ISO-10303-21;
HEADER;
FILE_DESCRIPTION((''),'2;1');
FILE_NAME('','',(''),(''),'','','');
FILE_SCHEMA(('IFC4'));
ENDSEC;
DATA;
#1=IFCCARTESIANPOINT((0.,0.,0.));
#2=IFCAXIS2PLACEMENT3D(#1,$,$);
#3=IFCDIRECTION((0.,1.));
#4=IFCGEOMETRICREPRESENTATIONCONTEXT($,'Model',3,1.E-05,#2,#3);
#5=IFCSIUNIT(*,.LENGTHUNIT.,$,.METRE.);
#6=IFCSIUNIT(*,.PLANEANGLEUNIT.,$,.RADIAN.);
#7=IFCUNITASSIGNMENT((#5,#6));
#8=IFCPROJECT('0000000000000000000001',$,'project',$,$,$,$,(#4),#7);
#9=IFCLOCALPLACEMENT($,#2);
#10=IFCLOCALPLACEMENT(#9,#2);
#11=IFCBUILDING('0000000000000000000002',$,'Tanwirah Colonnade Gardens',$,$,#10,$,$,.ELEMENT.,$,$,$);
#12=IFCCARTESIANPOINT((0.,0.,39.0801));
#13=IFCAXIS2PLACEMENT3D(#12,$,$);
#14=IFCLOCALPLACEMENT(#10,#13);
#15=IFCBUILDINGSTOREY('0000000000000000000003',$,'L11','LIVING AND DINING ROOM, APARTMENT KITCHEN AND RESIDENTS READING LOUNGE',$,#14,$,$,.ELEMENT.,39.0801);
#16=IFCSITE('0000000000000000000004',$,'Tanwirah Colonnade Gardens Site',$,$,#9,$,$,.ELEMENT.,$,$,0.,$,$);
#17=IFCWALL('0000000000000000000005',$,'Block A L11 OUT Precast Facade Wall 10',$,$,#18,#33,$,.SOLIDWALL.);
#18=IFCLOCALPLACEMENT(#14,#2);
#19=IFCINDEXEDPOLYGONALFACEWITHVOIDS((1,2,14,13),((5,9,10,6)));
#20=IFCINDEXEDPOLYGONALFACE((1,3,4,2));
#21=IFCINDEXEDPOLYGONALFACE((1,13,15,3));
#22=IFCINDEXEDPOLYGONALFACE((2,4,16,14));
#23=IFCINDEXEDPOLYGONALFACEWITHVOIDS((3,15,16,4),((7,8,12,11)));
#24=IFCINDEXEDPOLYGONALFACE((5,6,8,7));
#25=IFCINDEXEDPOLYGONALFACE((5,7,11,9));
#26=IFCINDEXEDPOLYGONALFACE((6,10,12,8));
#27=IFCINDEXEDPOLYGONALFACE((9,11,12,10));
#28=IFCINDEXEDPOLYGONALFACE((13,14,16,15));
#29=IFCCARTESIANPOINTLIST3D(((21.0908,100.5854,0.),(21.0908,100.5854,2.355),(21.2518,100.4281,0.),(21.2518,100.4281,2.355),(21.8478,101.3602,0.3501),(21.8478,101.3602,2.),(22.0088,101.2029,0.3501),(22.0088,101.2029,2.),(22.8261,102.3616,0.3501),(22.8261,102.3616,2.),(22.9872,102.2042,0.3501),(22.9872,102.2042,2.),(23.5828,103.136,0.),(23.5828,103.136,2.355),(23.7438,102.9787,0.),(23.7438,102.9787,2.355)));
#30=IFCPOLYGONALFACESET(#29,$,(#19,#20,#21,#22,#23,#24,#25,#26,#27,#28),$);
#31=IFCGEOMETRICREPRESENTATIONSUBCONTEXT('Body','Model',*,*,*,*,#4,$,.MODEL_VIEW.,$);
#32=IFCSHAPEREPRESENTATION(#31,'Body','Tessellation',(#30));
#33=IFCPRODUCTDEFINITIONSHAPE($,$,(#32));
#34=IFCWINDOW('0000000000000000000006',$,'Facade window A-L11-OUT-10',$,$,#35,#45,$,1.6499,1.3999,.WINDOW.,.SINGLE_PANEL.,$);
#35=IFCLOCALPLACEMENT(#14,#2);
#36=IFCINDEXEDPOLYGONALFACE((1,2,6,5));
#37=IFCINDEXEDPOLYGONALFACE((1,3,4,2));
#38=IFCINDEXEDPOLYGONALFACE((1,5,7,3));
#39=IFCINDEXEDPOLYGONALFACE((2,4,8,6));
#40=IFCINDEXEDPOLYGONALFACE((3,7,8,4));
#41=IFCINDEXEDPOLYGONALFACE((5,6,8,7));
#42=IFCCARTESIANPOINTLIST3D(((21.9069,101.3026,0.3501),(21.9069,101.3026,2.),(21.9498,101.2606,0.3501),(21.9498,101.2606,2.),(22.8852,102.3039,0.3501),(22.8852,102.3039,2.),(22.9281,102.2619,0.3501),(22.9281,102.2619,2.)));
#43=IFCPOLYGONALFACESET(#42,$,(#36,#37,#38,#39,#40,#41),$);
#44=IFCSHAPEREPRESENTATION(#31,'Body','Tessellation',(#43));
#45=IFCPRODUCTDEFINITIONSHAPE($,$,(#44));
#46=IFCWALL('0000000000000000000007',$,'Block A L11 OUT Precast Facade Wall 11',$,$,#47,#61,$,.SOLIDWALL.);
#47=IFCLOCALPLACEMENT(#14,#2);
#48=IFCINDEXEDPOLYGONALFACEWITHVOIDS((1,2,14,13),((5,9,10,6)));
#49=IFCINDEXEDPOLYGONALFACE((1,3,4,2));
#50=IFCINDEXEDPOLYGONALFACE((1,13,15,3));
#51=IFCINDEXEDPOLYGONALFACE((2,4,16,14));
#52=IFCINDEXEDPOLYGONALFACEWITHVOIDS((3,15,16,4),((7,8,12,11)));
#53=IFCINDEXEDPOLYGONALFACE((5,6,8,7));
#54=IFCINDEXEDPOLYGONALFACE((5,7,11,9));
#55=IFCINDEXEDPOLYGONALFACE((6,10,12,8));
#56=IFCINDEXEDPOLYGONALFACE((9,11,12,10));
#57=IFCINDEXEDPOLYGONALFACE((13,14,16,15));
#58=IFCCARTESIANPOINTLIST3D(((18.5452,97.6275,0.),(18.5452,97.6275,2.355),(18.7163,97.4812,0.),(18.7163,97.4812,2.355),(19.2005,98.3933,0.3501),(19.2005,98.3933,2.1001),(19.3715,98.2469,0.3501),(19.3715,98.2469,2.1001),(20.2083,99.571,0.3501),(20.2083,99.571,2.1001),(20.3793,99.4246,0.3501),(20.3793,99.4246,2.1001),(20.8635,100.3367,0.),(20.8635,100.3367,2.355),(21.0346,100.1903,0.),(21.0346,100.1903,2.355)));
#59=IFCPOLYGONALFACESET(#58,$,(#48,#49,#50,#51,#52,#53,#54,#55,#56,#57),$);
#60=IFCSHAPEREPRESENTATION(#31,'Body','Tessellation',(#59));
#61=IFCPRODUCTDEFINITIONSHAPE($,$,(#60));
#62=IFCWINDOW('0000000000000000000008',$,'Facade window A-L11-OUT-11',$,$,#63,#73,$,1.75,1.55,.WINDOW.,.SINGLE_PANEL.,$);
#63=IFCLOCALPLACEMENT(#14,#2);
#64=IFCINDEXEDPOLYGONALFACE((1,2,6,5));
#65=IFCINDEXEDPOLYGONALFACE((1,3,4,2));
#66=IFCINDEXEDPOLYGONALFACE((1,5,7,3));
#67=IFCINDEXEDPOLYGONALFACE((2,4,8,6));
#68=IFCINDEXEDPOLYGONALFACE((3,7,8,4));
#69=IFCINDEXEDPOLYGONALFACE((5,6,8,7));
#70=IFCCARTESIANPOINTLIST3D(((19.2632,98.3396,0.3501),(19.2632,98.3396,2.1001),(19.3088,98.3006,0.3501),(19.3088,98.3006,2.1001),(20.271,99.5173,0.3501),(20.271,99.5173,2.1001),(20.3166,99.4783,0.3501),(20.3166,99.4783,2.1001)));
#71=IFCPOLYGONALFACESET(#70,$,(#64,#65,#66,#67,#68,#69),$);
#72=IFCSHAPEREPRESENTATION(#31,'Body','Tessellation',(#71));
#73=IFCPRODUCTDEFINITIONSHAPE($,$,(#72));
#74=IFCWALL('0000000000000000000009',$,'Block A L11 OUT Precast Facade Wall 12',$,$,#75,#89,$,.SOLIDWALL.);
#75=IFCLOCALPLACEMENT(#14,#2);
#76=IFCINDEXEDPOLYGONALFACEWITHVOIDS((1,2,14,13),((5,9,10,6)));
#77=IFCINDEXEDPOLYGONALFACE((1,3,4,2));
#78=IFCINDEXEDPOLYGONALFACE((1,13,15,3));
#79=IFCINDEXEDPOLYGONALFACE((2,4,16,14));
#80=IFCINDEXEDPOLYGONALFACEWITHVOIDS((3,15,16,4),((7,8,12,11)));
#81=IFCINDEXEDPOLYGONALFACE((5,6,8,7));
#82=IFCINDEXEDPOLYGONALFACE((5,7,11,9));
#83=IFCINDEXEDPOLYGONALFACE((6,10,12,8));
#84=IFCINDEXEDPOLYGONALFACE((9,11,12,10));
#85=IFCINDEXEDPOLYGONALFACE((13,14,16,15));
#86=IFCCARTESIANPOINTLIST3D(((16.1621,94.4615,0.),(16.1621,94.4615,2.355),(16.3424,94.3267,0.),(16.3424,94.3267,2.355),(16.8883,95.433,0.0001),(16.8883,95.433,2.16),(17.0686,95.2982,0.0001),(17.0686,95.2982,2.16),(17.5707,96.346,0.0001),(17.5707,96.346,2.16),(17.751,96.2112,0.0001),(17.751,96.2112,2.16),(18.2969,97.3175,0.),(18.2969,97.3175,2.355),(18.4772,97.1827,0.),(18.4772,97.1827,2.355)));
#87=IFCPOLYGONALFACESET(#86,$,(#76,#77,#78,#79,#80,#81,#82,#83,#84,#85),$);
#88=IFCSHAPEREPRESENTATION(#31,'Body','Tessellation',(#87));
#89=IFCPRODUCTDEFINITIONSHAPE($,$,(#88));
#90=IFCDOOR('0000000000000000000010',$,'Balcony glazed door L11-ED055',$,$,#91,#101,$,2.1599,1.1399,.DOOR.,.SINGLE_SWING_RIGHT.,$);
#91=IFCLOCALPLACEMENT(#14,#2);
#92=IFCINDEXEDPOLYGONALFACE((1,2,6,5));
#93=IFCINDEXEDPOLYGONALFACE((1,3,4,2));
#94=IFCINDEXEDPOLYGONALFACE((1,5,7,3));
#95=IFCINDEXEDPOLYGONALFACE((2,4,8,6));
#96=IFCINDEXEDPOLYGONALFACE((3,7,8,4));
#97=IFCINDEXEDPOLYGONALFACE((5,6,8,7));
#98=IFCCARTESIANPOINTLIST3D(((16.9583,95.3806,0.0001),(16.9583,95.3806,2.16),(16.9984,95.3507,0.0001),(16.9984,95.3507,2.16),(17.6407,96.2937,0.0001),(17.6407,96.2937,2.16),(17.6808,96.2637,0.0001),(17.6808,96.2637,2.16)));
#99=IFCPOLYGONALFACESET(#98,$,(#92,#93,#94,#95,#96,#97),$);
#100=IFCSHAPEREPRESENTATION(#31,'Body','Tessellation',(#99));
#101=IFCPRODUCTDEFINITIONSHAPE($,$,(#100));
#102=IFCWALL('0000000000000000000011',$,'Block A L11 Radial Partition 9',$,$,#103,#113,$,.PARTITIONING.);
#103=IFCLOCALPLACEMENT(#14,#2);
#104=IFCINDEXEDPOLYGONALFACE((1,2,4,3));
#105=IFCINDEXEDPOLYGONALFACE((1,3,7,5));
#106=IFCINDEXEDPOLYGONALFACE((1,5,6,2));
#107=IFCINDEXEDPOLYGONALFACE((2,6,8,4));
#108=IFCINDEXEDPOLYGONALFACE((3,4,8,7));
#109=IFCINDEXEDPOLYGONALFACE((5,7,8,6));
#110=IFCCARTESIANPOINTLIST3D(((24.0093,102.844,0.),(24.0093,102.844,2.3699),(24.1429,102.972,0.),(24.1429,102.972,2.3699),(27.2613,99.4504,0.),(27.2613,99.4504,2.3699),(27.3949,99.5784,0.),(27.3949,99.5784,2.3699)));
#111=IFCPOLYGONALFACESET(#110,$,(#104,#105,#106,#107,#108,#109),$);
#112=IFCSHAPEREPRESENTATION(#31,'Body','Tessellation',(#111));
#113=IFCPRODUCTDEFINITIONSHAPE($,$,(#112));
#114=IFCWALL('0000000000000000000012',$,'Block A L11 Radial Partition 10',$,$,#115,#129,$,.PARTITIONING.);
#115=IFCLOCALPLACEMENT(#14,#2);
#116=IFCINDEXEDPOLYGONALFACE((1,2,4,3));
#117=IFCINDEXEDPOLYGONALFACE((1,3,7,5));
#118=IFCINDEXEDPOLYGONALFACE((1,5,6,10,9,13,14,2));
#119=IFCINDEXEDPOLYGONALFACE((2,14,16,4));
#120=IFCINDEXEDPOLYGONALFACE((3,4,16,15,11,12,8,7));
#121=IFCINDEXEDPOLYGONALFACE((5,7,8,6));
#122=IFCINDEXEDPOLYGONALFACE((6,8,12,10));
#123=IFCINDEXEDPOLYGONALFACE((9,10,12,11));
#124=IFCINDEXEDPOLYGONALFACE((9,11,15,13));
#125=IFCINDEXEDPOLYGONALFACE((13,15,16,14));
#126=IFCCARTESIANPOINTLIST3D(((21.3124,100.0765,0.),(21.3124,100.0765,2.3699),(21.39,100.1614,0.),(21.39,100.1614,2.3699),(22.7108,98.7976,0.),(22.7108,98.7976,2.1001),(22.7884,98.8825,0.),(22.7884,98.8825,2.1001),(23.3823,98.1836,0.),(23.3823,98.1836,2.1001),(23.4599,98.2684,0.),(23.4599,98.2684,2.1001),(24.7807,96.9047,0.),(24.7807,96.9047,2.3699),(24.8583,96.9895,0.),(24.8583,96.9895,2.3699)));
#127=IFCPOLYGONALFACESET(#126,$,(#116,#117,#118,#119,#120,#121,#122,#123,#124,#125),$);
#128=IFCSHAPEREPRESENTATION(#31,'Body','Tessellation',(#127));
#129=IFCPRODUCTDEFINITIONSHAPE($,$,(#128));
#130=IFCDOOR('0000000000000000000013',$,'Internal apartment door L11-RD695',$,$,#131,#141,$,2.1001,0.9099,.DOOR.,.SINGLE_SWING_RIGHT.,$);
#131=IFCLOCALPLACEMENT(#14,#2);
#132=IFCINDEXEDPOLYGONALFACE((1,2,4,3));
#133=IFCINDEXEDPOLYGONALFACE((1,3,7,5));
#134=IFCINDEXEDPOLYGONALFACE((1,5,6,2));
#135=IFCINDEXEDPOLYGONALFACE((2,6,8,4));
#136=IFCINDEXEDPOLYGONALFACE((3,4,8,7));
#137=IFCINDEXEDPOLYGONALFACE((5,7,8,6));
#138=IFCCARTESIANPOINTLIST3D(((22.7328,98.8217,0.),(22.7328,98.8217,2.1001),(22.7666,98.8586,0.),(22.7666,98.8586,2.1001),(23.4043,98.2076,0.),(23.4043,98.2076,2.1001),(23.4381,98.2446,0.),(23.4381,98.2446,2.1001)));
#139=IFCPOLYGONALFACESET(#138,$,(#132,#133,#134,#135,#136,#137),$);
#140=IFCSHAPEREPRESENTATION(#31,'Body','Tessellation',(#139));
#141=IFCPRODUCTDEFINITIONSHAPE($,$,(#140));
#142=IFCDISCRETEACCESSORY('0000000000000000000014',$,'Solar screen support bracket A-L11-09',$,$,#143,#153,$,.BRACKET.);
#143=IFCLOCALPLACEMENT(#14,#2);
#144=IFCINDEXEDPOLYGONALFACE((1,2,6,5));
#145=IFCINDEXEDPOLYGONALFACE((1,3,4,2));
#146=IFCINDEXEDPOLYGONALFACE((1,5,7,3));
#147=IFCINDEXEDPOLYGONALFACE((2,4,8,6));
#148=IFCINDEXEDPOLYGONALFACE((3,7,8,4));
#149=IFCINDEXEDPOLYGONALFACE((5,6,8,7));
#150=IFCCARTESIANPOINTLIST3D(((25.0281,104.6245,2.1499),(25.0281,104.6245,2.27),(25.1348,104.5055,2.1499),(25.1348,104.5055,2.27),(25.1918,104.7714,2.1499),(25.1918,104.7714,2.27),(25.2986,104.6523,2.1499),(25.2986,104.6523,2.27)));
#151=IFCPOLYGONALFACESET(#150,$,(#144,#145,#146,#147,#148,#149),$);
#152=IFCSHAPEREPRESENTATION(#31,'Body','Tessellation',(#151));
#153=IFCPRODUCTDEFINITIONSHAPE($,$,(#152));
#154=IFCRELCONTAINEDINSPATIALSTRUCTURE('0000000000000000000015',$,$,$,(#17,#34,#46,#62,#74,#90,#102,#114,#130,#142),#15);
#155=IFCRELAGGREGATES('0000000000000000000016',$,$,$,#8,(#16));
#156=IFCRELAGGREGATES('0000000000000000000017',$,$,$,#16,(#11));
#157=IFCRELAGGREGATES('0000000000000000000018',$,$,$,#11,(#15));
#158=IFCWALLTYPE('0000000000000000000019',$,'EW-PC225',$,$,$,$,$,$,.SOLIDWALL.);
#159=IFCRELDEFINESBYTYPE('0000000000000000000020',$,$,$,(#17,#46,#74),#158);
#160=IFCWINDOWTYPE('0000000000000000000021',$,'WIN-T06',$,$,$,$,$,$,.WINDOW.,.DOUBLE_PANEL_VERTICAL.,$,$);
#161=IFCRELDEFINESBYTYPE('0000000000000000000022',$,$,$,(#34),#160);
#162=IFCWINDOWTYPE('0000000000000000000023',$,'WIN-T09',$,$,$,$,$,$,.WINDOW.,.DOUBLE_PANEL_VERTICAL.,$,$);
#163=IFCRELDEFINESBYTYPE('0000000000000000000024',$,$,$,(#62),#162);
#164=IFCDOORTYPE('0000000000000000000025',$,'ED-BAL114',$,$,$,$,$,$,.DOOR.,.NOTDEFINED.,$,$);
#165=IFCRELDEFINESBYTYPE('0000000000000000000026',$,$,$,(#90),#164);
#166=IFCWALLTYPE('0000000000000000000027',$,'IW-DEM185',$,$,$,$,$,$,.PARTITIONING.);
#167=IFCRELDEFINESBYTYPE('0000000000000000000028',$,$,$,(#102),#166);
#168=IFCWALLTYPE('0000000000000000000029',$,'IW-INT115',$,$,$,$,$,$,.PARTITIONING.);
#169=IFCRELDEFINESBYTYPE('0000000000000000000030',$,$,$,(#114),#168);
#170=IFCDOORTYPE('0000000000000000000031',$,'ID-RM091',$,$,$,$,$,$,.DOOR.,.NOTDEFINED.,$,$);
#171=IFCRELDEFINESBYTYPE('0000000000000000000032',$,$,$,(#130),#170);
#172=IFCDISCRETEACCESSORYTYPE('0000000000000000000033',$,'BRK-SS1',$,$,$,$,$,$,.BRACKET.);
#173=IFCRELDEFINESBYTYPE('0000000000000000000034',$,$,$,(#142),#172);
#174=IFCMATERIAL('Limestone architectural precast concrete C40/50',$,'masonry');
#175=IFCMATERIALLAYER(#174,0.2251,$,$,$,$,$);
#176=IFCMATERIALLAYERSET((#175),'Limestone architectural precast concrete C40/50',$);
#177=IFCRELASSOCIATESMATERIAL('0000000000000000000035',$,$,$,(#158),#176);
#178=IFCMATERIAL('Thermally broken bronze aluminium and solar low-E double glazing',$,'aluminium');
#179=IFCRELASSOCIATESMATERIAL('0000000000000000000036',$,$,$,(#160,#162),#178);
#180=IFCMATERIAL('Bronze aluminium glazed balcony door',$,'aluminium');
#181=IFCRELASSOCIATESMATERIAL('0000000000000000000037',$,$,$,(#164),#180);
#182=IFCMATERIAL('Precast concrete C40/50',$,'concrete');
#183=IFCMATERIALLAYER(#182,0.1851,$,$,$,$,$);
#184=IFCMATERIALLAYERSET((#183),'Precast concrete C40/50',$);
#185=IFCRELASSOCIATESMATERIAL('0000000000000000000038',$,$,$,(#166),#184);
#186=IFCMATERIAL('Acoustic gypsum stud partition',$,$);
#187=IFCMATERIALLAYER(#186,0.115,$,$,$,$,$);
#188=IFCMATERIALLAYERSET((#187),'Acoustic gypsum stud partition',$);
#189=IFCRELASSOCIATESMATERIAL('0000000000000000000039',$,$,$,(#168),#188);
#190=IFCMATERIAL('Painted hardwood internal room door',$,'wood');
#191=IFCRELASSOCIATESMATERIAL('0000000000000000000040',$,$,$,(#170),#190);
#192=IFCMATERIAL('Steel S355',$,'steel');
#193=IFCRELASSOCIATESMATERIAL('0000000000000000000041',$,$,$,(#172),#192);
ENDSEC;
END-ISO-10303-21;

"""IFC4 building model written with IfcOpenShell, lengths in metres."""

from ifc_helpers import new_model, si_unit, direction, frame, frame_2d, origin, origin_2d, place, context, subcontext, project, spatial, rectangle, extrude, material, layer, layer_set, type_object, element, fill, save


model = new_model("IFC4")

# Units and contexts
model_context = context("Model", 3, precision=1e-05, world=origin(), true_north=direction((0.0, 1.0)))
body_context = subcontext(model_context, "Body", "Model", "MODEL_VIEW")
ifc_project = project(units=[si_unit("LENGTHUNIT", "METRE"), si_unit("PLANEANGLEUNIT", "RADIAN")], contexts=[model_context])

# Site, building, storey
site_placement = place(None, origin())
site = spatial("IfcSite", under=ifc_project, at=site_placement, Name="Tanwirah Colonnade Gardens Site", CompositionType="ELEMENT", RefElevation=0.0)
building_placement = place(site_placement, origin())
building = spatial("IfcBuilding", under=site, at=building_placement, Name="Tanwirah Colonnade Gardens", CompositionType="ELEMENT")
storey_placement = place(building_placement, frame((0.0, 0.0, 39.0801)))
storey = spatial("IfcBuildingStorey", under=building, at=storey_placement, Name="L11", Description="LIVING AND DINING ROOM, APARTMENT KITCHEN AND RESIDENTS READING LOUNGE", CompositionType="ELEMENT", Elevation=39.0801)

# Shared definitions
ifc_material_1 = material(Name="Precast concrete C40/50", Category="concrete")

# Walls, openings, windows
ifc_material_2 = material(Name="Limestone architectural precast concrete C40/50", Category="masonry")
ifc_layer_1 = layer(ifc_material_2, 0.2251)
ifc_layer_set_1 = layer_set([ifc_layer_1], Name="Limestone architectural precast concrete C40/50")
wall_type_1 = type_object("IfcWallType", Name="EW-PC225", PredefinedType="SOLIDWALL", material=ifc_layer_set_1)
ifc_material_3 = material(Name="Thermally broken bronze aluminium and solar low-E double glazing", Category="aluminium")
wall_1_placement = place(storey_placement, frame((23.6633, 103.0574, 0.0), z_axis=(0.0, 0.0, 1.0), x_axis=(-0.698843, -0.715275, 0.0)))
wall_1 = element("IfcWall", 1, at=wall_1_placement, inside=storey, type_object=wall_type_1, Name="Block A L11 OUT Precast Facade Wall 10", PredefinedType="SOLIDWALL", context=body_context, shape_type="SweptSolid", body=[
    extrude(rectangle(XDim=3.5659, YDim=0.2251, at=frame_2d((1.783, 0.0))), origin(), (0.0, 0.0, 1.0), 2.355),
])
opening_1_placement = place(wall_1_placement, frame((1.0828, 0.0, 0.3501)))
opening_1 = element("IfcOpeningElement", 2, at=opening_1_placement, cuts=wall_1, PredefinedType="OPENING", context=body_context, shape_type="SweptSolid", body=[
    extrude(rectangle(XDim=1.3999, YDim=1.6499, at=frame_2d((0.7, 0.825))), frame((0.0, 0.1226, 0.0), z_axis=(0.0, -1.0, 0.0), x_axis=(1.0, 0.0, 0.0)), (0.0, 0.0, 1.0), 0.2451),
])
window_type_1 = type_object("IfcWindowType", Name="WIN-T06", PartitioningType="DOUBLE_PANEL_VERTICAL", PredefinedType="WINDOW", material=ifc_material_3)
window_1_placement = place(opening_1_placement, origin())
window_1 = element("IfcWindow", 3, at=window_1_placement, inside=storey, type_object=window_type_1, Name="Facade window A-L11-OUT-10", OverallHeight=1.6499, OverallWidth=1.3999, PartitioningType="SINGLE_PANEL", PredefinedType="WINDOW", context=body_context, shape_type="SweptSolid", body=[
    extrude(rectangle(XDim=1.3999, YDim=1.6499, at=frame_2d((0.7, 0.825))), frame((0.0, 0.03, 0.0), z_axis=(0.0, -1.0, 0.0), x_axis=(1.0, 0.0, 0.0)), (0.0, 0.0, 1.0), 0.0601),
])
fill(opening_1, window_1)
wall_2_placement = place(storey_placement, frame((20.949, 100.2634, 0.0), z_axis=(0.0, 0.0, 1.0), x_axis=(-0.650171, -0.759788, 0.0)))
wall_2 = element("IfcWall", 4, at=wall_2_placement, inside=storey, type_object=wall_type_1, Name="Block A L11 OUT Precast Facade Wall 11", PredefinedType="SOLIDWALL", context=body_context, shape_type="SweptSolid", body=[
    extrude(rectangle(XDim=3.5657, YDim=0.2251, at=frame_2d((1.7827, 0.0))), origin(), (0.0, 0.0, 1.0), 2.355),
])
opening_2_placement = place(wall_2_placement, frame((1.0078, 0.0, 0.3501)))
opening_2 = element("IfcOpeningElement", 5, at=opening_2_placement, cuts=wall_2, PredefinedType="OPENING", context=body_context, shape_type="SweptSolid", body=[
    extrude(rectangle(XDim=1.55, YDim=1.75, at=frame_2d((0.7749, 0.875))), frame((0.0, 0.1226, 0.0), z_axis=(0.0, -1.0, 0.0), x_axis=(1.0, 0.0, 0.0)), (0.0, 0.0, 1.0), 0.2451),
])
window_type_2 = type_object("IfcWindowType", Name="WIN-T09", PartitioningType="DOUBLE_PANEL_VERTICAL", PredefinedType="WINDOW", material=ifc_material_3)
window_2_placement = place(opening_2_placement, origin())
window_2 = element("IfcWindow", 6, at=window_2_placement, inside=storey, type_object=window_type_2, Name="Facade window A-L11-OUT-11", OverallHeight=1.75, OverallWidth=1.55, PartitioningType="SINGLE_PANEL", PredefinedType="WINDOW", context=body_context, shape_type="SweptSolid", body=[
    extrude(rectangle(XDim=1.55, YDim=1.75, at=frame_2d((0.7749, 0.875))), frame((0.0, 0.03, 0.0), z_axis=(0.0, -1.0, 0.0), x_axis=(1.0, 0.0, 0.0)), (0.0, 0.0, 1.0), 0.0601),
])
fill(opening_2, window_2)

# Wall, opening, door
wall_3_placement = place(storey_placement, frame((18.387, 97.25, 0.0), z_axis=(0.0, 0.0, 1.0), x_axis=(-0.598706, -0.800968, 0.0)))
wall_3 = element("IfcWall", 7, at=wall_3_placement, inside=storey, type_object=wall_type_1, Name="Block A L11 OUT Precast Facade Wall 12", PredefinedType="SOLIDWALL", context=body_context, shape_type="SweptSolid", body=[
    extrude(rectangle(XDim=3.5657, YDim=0.2251, at=frame_2d((1.7827, 0.0))), origin(), (0.0, 0.0, 1.0), 2.355),
])
opening_3_placement = place(wall_3_placement, frame((1.2129, 0.0, 0.0)))
opening_3 = element("IfcOpeningElement", 8, at=opening_3_placement, cuts=wall_3, PredefinedType="OPENING", context=body_context, shape_type="SweptSolid", body=[
    extrude(rectangle(XDim=1.1399, YDim=2.1599, at=frame_2d((0.5698, 1.0801))), frame((0.0, 0.1226, 0.0), z_axis=(0.0, -1.0, 0.0), x_axis=(1.0, 0.0, 0.0)), (0.0, 0.0, 1.0), 0.2451),
])
ifc_material_4 = material(Name="Bronze aluminium glazed balcony door", Category="aluminium")
door_type_1 = type_object("IfcDoorType", Name="ED-BAL114", OperationType="NOTDEFINED", PredefinedType="DOOR", material=ifc_material_4)
door_1_placement = place(opening_3_placement, origin())
door_1 = element("IfcDoor", 9, at=door_1_placement, inside=storey, type_object=door_type_1, Name="Balcony glazed door L11-ED055", OperationType="SINGLE_SWING_RIGHT", OverallHeight=2.1599, OverallWidth=1.1399, PredefinedType="DOOR", context=body_context, shape_type="SweptSolid", body=[
    extrude(rectangle(XDim=1.1399, YDim=2.1599, at=frame_2d((0.5698, 1.0801))), frame((0.0, 0.0249, 0.0), z_axis=(0.0, -1.0, 0.0), x_axis=(1.0, 0.0, 0.0)), (0.0, 0.0, 1.0), 0.05),
])
fill(opening_3, door_1)

# Wall
ifc_layer_2 = layer(ifc_material_1, 0.1851)
ifc_layer_set_2 = layer_set([ifc_layer_2], Name="Precast concrete C40/50")
wall_type_2 = type_object("IfcWallType", Name="IW-DEM185", PredefinedType="PARTITIONING", material=ifc_layer_set_2)
wall_4_placement = place(storey_placement, frame((27.3281, 99.5144, 0.0), z_axis=(0.0, 0.0, 1.0), x_axis=(-0.691883, 0.72201, 0.0)))
element("IfcWall", 10, at=wall_4_placement, inside=storey, type_object=wall_type_2, Name="Block A L11 Radial Partition 9", PredefinedType="PARTITIONING", context=body_context, shape_type="SweptSolid", body=[
    extrude(rectangle(XDim=4.7002, YDim=0.1851, at=frame_2d((2.3501, 0.0))), origin(), (0.0, 0.0, 1.0), 2.3699),
])

# Wall, opening, door
ifc_material_5 = material(Name="Acoustic gypsum stud partition")
ifc_layer_3 = layer(ifc_material_5, 0.115)
ifc_layer_set_3 = layer_set([ifc_layer_3], Name="Acoustic gypsum stud partition")
wall_type_3 = type_object("IfcWallType", Name="IW-INT115", PredefinedType="PARTITIONING", material=ifc_layer_set_3)
wall_5_placement = place(storey_placement, frame((24.8196, 96.947, 0.0), z_axis=(0.0, 0.0, 1.0), x_axis=(-0.737934, 0.674873, 0.0)))
wall_5 = element("IfcWall", 11, at=wall_5_placement, inside=storey, type_object=wall_type_3, Name="Block A L11 Radial Partition 10", PredefinedType="PARTITIONING", context=body_context, shape_type="SweptSolid", body=[
    extrude(rectangle(XDim=4.7, YDim=0.115, at=frame_2d((2.3501, 0.0))), origin(), (0.0, 0.0, 1.0), 2.3699),
])
opening_4_placement = place(wall_5_placement, frame((1.895, 0.0, 0.0)))
opening_4 = element("IfcOpeningElement", 12, at=opening_4_placement, cuts=wall_5, PredefinedType="OPENING", context=body_context, shape_type="SweptSolid", body=[
    extrude(rectangle(XDim=0.9099, YDim=2.1001, at=frame_2d((0.4551, 1.05))), frame((0.0, 0.0674, 0.0), z_axis=(0.0, -1.0, 0.0), x_axis=(1.0, 0.0, 0.0)), (0.0, 0.0, 1.0), 0.135),
])
ifc_material_6 = material(Name="Painted hardwood internal room door", Category="wood")
door_type_2 = type_object("IfcDoorType", Name="ID-RM091", OperationType="NOTDEFINED", PredefinedType="DOOR", material=ifc_material_6)
door_2_placement = place(opening_4_placement, origin())
door_2 = element("IfcDoor", 13, at=door_2_placement, inside=storey, type_object=door_type_2, Name="Internal apartment door L11-RD695", OperationType="SINGLE_SWING_RIGHT", OverallHeight=2.1001, OverallWidth=0.9099, PredefinedType="DOOR", context=body_context, shape_type="SweptSolid", body=[
    extrude(rectangle(XDim=0.9099, YDim=2.1001, at=frame_2d((0.4551, 1.05))), frame((0.0, 0.0249, 0.0), z_axis=(0.0, -1.0, 0.0), x_axis=(1.0, 0.0, 0.0)), (0.0, 0.0, 1.0), 0.05),
])
fill(opening_4, door_2)

# Discrete accessory
ifc_material_7 = material(Name="Steel S355", Category="steel")
discrete_accessory_type = type_object("IfcDiscreteAccessoryType", Name="BRK-SS1", PredefinedType="BRACKET", material=ifc_material_7)
discrete_accessory_placement = place(storey_placement, frame((25.1633, 104.6384, 2.1499), z_axis=(0.0, 0.0, 1.0), x_axis=(-0.74444, -0.667689, 0.0)))
element("IfcDiscreteAccessory", 14, at=discrete_accessory_placement, inside=storey, type_object=discrete_accessory_type, Name="Solar screen support bracket A-L11-09", PredefinedType="BRACKET", context=body_context, shape_type="SweptSolid", body=[
    extrude(rectangle(XDim=0.22, YDim=0.1599, at=origin_2d()), origin(), (0.0, 0.0, 1.0), 0.1201),
])

save(model, "model.ifc")
